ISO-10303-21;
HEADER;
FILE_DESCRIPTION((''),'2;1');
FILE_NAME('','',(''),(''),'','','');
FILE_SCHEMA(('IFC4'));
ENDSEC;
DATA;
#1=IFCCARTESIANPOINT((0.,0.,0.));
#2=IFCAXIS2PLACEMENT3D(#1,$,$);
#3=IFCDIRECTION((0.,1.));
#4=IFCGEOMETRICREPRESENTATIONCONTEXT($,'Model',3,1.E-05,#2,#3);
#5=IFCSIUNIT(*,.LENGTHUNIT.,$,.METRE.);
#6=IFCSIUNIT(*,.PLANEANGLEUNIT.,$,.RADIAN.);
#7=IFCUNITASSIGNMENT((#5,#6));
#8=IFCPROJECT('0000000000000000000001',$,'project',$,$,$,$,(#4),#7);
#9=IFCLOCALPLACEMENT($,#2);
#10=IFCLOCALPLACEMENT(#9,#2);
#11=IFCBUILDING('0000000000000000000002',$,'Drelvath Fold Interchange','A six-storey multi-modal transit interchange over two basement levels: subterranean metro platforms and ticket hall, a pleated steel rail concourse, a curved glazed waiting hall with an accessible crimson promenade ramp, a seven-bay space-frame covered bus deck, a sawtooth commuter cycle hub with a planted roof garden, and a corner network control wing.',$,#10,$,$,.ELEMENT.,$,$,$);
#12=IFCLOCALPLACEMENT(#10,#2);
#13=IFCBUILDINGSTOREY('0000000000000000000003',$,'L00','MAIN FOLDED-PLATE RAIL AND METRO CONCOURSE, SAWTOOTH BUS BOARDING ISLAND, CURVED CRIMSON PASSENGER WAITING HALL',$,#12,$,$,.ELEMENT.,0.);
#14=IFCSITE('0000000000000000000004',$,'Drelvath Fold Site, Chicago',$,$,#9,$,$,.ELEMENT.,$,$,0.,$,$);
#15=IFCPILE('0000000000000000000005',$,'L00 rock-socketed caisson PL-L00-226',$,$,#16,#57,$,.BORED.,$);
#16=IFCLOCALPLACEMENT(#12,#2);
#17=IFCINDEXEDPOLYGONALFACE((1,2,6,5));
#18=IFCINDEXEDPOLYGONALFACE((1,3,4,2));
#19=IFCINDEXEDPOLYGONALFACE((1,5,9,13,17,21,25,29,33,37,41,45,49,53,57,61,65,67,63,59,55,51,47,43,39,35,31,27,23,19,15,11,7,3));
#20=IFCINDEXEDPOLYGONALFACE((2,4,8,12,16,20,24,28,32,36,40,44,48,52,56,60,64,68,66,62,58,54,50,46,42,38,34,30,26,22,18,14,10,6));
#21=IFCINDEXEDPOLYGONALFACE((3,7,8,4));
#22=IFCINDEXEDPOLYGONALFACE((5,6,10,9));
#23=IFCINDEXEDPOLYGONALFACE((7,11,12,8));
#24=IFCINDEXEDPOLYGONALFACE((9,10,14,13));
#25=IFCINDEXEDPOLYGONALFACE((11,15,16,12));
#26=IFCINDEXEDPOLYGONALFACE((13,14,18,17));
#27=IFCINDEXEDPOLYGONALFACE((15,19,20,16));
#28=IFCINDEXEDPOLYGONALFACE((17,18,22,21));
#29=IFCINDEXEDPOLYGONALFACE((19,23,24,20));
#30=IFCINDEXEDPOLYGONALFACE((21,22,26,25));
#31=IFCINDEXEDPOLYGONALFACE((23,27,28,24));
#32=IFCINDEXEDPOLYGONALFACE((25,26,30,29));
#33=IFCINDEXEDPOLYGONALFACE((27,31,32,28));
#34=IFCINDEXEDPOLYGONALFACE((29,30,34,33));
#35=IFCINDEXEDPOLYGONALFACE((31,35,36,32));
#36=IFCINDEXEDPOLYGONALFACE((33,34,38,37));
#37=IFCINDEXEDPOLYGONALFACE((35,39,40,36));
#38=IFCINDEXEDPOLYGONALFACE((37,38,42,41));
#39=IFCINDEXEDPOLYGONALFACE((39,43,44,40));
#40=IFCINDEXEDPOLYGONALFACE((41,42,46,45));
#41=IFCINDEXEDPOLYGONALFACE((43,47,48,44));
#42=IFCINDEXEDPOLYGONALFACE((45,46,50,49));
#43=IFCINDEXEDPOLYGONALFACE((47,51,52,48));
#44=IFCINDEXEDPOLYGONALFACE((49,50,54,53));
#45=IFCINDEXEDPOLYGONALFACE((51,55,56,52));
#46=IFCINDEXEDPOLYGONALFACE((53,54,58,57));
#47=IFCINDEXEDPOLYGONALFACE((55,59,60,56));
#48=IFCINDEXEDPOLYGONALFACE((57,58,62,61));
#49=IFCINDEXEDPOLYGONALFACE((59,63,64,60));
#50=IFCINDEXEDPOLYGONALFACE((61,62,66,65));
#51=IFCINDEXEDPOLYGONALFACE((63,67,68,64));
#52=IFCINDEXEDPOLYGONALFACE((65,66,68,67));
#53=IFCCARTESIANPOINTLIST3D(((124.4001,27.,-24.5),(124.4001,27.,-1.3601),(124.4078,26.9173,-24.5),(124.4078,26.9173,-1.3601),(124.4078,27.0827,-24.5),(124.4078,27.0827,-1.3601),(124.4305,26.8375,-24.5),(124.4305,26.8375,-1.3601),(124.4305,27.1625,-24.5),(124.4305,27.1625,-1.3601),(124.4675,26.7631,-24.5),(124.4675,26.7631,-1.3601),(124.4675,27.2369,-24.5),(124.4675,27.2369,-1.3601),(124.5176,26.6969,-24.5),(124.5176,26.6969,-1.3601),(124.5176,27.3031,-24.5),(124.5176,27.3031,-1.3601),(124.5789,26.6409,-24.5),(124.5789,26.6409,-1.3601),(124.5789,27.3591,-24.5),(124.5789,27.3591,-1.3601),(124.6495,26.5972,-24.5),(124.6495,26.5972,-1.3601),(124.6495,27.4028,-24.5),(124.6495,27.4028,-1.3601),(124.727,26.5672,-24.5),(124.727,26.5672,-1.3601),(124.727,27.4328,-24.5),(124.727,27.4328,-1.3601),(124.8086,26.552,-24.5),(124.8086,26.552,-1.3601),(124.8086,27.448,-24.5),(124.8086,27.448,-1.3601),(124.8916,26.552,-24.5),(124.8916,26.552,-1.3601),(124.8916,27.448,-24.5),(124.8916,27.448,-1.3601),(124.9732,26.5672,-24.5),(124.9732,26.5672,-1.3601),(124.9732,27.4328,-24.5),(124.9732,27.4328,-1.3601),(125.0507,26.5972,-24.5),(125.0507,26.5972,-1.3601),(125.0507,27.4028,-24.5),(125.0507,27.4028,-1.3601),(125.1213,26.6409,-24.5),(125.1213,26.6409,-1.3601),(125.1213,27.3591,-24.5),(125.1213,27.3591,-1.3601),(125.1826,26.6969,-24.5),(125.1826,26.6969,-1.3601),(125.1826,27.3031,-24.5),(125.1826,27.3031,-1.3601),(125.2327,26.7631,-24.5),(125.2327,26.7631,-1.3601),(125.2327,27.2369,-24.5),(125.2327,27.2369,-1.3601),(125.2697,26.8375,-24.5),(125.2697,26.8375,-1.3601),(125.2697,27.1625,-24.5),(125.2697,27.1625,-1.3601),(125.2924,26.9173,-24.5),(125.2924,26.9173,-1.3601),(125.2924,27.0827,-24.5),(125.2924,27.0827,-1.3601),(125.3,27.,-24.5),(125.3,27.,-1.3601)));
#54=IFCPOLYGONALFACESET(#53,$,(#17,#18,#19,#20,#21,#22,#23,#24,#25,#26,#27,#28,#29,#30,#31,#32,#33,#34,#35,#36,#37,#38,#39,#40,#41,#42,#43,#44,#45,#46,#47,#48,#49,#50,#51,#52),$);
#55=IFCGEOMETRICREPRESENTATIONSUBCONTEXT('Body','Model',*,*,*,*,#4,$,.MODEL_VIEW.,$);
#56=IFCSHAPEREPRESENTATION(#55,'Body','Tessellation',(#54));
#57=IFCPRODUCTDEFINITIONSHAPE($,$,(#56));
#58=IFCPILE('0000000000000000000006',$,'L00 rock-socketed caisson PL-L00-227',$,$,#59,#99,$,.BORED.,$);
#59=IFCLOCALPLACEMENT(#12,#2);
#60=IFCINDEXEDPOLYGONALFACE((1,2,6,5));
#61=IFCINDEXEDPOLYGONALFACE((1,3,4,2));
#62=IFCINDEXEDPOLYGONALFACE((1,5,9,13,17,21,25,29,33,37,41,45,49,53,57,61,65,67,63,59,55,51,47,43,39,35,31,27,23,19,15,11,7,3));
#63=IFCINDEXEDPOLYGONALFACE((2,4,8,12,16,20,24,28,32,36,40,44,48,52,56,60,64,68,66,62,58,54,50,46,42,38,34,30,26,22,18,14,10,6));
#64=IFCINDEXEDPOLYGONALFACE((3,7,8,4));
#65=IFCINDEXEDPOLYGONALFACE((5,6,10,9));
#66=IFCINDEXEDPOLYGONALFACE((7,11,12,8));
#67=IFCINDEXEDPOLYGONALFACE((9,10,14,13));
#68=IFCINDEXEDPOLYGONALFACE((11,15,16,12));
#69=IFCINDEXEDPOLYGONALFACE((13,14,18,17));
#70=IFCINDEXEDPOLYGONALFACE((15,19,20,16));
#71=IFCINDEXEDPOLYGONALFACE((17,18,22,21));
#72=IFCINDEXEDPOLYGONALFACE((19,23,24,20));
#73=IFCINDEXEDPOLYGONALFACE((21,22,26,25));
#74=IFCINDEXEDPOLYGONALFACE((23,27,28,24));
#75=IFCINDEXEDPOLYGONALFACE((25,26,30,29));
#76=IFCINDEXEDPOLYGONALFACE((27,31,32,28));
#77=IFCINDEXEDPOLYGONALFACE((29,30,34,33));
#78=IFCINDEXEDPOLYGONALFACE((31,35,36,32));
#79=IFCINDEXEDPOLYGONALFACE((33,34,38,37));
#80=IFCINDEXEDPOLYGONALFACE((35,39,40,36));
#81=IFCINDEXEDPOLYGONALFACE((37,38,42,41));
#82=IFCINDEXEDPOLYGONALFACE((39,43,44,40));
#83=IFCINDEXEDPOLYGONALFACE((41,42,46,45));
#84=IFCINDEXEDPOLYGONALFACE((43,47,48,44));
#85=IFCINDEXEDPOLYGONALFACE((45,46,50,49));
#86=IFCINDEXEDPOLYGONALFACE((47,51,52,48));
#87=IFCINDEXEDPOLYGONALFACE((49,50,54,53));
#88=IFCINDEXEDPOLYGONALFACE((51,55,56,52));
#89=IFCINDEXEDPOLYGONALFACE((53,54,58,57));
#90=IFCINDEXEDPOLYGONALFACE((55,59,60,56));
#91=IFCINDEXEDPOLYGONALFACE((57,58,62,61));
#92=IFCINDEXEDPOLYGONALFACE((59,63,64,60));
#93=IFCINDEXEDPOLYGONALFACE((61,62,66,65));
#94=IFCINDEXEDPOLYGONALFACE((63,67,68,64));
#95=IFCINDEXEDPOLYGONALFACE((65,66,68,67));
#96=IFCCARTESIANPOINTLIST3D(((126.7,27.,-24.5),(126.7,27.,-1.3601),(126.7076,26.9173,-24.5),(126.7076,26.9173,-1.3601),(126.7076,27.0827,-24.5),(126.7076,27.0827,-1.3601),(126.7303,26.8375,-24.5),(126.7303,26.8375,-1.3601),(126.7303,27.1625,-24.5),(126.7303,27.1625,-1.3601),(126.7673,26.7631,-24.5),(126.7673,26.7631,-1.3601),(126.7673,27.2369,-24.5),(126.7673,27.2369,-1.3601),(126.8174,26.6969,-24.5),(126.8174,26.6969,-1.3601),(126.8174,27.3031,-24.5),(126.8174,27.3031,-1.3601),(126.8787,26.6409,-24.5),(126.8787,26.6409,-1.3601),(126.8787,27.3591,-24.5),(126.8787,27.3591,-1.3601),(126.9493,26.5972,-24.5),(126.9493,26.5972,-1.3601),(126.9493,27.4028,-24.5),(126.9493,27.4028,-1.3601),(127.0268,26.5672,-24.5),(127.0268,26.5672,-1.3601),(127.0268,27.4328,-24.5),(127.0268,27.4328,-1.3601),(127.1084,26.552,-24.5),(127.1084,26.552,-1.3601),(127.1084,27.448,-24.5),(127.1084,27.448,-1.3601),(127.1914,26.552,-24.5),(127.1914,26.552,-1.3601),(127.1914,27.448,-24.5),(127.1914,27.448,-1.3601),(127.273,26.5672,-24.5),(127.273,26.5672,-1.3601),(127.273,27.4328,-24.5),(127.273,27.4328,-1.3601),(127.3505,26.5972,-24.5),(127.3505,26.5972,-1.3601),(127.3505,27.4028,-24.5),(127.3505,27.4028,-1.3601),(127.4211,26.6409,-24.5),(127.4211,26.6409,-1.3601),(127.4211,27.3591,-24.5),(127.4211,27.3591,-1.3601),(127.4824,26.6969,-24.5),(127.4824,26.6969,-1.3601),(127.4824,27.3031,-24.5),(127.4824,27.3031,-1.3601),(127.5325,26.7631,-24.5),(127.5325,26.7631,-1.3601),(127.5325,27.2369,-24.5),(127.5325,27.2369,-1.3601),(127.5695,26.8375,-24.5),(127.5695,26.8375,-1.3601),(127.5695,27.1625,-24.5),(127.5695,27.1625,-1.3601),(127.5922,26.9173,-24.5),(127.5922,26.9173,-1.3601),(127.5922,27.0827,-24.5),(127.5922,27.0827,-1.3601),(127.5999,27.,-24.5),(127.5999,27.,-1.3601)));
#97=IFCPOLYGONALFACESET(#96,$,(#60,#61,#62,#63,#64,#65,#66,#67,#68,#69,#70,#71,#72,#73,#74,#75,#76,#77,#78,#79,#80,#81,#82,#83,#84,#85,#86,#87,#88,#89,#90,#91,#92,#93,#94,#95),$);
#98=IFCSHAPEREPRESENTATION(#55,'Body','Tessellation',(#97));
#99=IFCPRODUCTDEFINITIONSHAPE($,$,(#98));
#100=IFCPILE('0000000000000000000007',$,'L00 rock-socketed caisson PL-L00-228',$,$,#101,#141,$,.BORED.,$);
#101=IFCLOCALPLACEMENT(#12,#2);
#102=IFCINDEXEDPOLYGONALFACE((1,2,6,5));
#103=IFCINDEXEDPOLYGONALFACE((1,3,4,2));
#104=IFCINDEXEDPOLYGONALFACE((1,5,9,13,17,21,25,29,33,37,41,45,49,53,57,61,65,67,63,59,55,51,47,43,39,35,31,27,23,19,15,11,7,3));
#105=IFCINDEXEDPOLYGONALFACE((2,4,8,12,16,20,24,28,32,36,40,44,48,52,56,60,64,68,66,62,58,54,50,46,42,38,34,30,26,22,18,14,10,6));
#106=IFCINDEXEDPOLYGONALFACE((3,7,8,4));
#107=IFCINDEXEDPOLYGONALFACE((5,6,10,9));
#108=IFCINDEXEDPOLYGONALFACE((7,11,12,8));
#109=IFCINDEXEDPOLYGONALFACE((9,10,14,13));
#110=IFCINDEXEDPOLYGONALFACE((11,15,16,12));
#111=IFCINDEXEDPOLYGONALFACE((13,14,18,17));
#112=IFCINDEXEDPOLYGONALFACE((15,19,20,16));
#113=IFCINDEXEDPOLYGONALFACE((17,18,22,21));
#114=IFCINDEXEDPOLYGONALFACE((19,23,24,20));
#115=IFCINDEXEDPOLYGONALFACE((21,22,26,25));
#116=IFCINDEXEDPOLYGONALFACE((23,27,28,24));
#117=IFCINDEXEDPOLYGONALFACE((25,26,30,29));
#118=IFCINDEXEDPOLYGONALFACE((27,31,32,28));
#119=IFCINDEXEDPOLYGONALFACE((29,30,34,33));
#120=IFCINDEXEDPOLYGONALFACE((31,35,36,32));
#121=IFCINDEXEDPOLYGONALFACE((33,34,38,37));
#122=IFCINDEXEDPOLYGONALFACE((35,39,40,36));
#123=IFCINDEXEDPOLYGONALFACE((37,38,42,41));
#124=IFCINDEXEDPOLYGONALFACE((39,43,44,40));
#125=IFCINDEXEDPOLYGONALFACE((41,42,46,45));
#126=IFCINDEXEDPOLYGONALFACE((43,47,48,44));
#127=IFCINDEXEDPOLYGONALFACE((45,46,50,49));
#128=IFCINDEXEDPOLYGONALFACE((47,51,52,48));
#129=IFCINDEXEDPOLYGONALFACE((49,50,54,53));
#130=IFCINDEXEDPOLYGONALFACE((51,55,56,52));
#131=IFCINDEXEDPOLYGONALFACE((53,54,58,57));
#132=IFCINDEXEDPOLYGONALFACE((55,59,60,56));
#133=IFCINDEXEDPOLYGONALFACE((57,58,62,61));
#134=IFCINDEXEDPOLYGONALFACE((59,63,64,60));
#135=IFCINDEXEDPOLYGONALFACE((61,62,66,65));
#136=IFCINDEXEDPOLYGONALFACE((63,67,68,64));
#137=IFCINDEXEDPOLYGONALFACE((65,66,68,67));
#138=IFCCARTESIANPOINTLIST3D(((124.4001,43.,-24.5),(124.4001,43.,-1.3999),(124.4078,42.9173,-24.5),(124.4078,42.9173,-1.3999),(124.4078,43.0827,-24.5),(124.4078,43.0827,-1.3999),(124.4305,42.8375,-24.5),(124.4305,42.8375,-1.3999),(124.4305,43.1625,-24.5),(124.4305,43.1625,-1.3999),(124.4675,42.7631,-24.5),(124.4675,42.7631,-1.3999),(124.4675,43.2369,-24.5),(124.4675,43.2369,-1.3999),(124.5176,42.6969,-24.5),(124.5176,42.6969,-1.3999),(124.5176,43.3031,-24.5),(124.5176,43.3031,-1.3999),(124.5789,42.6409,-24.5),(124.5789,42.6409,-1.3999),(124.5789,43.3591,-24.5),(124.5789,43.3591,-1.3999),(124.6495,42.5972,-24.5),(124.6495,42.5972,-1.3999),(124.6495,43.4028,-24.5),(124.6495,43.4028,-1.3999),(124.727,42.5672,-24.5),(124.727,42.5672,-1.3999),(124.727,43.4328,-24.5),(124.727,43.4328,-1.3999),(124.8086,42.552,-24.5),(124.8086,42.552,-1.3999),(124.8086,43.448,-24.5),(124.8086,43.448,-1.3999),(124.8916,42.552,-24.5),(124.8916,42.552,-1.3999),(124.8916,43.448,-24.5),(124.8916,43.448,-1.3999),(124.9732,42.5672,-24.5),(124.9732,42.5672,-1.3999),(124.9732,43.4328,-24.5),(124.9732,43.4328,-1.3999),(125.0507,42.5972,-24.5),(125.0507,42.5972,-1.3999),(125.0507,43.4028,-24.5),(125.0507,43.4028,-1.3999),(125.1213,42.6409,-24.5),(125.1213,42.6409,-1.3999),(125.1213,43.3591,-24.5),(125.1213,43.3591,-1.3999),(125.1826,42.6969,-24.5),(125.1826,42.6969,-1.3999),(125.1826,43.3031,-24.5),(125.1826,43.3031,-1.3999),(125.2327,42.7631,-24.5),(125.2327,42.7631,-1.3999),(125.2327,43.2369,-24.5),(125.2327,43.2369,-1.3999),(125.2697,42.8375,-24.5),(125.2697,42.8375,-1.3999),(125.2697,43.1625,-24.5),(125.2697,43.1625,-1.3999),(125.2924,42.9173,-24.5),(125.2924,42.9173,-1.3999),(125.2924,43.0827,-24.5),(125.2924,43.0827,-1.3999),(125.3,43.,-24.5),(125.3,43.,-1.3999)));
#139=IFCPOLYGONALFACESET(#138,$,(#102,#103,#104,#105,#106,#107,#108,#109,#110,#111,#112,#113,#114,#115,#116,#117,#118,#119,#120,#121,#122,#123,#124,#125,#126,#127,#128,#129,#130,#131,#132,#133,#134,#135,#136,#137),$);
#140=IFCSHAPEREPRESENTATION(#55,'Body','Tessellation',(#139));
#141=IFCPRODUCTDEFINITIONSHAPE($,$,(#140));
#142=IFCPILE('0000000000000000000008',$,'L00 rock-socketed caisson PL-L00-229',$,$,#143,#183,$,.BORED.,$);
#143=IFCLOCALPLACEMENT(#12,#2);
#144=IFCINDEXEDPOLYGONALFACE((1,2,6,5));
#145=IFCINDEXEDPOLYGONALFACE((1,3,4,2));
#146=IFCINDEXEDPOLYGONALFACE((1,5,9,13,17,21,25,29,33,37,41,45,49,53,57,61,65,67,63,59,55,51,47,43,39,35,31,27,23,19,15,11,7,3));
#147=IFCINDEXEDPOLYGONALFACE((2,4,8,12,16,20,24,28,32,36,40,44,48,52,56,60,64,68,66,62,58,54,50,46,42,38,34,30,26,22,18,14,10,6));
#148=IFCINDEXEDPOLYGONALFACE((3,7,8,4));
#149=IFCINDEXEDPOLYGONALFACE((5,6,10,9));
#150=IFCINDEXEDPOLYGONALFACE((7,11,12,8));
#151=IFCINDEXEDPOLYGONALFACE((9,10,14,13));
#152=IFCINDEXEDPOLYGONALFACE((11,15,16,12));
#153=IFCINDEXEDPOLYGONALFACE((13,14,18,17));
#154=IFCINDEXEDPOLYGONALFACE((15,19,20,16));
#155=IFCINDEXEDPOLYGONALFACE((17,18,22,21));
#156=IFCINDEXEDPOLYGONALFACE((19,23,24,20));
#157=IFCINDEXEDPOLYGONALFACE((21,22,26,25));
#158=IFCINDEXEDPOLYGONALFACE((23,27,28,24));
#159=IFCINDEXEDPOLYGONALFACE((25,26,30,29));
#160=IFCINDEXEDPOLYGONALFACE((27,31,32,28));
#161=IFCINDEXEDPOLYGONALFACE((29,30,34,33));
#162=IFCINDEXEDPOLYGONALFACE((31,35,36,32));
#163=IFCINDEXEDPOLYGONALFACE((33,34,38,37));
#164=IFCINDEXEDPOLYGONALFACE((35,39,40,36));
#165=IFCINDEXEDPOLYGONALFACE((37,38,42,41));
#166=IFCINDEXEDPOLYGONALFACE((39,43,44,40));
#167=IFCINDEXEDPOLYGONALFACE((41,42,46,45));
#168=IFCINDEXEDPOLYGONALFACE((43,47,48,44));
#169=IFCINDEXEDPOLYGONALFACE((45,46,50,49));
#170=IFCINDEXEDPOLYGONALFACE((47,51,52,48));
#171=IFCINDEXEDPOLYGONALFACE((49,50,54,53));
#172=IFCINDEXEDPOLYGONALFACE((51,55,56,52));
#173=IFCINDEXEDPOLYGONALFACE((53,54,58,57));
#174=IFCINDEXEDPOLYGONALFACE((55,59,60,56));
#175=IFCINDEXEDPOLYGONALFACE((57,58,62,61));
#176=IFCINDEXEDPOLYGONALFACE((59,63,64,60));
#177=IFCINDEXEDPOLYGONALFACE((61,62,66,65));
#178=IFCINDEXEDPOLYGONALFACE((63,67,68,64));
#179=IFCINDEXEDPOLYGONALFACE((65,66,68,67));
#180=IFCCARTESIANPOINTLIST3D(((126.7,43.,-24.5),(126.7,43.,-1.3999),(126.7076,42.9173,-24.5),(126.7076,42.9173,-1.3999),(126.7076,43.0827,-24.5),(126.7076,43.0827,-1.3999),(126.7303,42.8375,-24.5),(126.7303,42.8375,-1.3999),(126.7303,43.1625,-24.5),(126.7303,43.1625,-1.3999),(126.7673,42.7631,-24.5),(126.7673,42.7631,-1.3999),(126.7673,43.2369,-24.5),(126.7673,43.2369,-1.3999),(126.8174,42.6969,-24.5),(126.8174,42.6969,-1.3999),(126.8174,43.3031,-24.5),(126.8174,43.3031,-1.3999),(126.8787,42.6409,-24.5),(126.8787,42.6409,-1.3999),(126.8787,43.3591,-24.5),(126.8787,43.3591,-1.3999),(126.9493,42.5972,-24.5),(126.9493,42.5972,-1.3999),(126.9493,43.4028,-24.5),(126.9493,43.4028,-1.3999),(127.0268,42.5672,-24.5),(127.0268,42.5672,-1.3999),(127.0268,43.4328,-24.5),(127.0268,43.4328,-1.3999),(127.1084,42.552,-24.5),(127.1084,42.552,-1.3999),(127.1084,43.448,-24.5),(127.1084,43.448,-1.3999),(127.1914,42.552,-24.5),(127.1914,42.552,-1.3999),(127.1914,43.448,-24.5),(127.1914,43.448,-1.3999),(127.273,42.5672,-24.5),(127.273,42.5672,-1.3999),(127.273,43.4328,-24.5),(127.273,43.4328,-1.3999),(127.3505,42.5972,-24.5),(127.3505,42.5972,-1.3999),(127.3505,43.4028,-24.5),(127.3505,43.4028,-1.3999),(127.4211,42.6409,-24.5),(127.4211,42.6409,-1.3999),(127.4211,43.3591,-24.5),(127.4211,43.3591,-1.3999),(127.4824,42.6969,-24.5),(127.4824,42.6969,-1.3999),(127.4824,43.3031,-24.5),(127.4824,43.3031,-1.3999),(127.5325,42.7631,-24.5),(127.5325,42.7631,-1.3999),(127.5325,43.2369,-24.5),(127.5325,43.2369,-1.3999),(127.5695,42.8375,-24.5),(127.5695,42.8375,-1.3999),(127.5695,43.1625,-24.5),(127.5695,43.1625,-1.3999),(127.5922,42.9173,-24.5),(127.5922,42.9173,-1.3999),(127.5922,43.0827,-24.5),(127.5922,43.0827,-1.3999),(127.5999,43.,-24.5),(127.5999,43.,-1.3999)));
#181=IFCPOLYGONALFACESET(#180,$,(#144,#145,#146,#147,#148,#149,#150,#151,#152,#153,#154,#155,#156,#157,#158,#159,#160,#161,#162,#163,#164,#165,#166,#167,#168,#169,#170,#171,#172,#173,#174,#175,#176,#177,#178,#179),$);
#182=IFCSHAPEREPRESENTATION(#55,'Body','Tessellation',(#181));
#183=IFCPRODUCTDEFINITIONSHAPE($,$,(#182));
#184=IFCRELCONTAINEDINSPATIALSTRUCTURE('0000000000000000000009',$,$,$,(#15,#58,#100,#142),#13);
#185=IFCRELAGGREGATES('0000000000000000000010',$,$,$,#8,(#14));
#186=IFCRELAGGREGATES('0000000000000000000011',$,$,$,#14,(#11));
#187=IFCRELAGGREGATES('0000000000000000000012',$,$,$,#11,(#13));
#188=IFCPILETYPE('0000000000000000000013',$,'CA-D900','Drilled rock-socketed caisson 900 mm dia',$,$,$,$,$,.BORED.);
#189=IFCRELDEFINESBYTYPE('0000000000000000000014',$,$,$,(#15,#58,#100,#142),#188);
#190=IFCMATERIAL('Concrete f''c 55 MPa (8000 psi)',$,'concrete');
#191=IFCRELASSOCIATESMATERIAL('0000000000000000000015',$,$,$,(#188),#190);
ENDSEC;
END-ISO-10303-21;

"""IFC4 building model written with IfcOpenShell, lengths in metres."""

from ifc_helpers import new_model, si_unit, direction, frame, origin, origin_2d, place, context, subcontext, project, spatial, circle, extrude, material, material_profile, profile_set, type_object, element, save


model = new_model("IFC4")

# Units and contexts
model_context = context("Model", 3, precision=1e-05, world=origin(), true_north=direction((0.0, 1.0)))
body_context = subcontext(model_context, "Body", "Model", "MODEL_VIEW")
ifc_project = project(units=[si_unit("LENGTHUNIT", "METRE"), si_unit("PLANEANGLEUNIT", "RADIAN")], contexts=[model_context])

# Site, building, storey
site_placement = place(None, origin())
site = spatial("IfcSite", under=ifc_project, at=site_placement, Name="Drelvath Fold Site, Chicago", CompositionType="ELEMENT", RefElevation=0.0)
building_placement = place(site_placement, origin())
building = spatial("IfcBuilding", under=site, at=building_placement, Name="Drelvath Fold Interchange", Description="A six-storey multi-modal transit interchange over two basement levels: subterranean metro platforms and ticket hall, a pleated steel rail concourse, a curved glazed waiting hall with an accessible crimson promenade ramp, a seven-bay space-frame covered bus deck, a sawtooth commuter cycle hub with a planted roof garden, and a corner network control wing.", CompositionType="ELEMENT")
storey_placement = place(building_placement, origin())
storey = spatial("IfcBuildingStorey", under=building, at=storey_placement, Name="L00", Description="MAIN FOLDED-PLATE RAIL AND METRO CONCOURSE, SAWTOOTH BUS BOARDING ISLAND, CURVED CRIMSON PASSENGER WAITING HALL", CompositionType="ELEMENT", Elevation=0.0)

# Piles
ifc_material_1 = material(Name="Concrete f'c 55 MPa (8000 psi)", Category="concrete")
ifc_material_profile_1 = material_profile(ifc_material_1, circle(Radius=0.45, at=origin_2d()), Name="CAISSON D900")
ifc_profile_set_1 = profile_set([ifc_material_profile_1], Name="Concrete f'c 55 MPa (8000 psi)")
pile_type_1 = type_object("IfcPileType", Name="CA-D900", Description="Drilled rock-socketed caisson 900 mm dia", PredefinedType="BORED", material=ifc_profile_set_1)
for number, where, z_axis, x_axis, name in (
    (1, (124.8501, 27.0, -1.3601), (0.0, 0.0, -1.0), (1.0, 0.0, 0.0), "L00 rock-socketed caisson PL-L00-226"),
    (2, (127.1499, 27.0, -1.3601), (0.0, 0.0, -1.0), (1.0, 0.0, 0.0), "L00 rock-socketed caisson PL-L00-227"),
):
    element("IfcPile", number, at=place(storey_placement, frame(where, z_axis=z_axis, x_axis=x_axis)), inside=storey, type_object=pile_type_1, Name=name, PredefinedType="BORED", context=body_context, shape_type="SweptSolid", body=[
        extrude(circle(Radius=0.45, at=origin_2d()), origin(), (0.0, 0.0, 1.0), 23.1399),
    ])
for number, where, z_axis, x_axis, name in (
    (3, (124.8501, 43.0, -1.3999), (0.0, 0.0, -1.0), (1.0, 0.0, 0.0), "L00 rock-socketed caisson PL-L00-228"),
    (4, (127.1499, 43.0, -1.3999), (0.0, 0.0, -1.0), (1.0, 0.0, 0.0), "L00 rock-socketed caisson PL-L00-229"),
):
    element("IfcPile", number, at=place(storey_placement, frame(where, z_axis=z_axis, x_axis=x_axis)), inside=storey, type_object=pile_type_1, Name=name, PredefinedType="BORED", context=body_context, shape_type="SweptSolid", body=[
        extrude(circle(Radius=0.45, at=origin_2d()), origin(), (0.0, 0.0, 1.0), 23.1001),
    ])

save(model, "model.ifc")
